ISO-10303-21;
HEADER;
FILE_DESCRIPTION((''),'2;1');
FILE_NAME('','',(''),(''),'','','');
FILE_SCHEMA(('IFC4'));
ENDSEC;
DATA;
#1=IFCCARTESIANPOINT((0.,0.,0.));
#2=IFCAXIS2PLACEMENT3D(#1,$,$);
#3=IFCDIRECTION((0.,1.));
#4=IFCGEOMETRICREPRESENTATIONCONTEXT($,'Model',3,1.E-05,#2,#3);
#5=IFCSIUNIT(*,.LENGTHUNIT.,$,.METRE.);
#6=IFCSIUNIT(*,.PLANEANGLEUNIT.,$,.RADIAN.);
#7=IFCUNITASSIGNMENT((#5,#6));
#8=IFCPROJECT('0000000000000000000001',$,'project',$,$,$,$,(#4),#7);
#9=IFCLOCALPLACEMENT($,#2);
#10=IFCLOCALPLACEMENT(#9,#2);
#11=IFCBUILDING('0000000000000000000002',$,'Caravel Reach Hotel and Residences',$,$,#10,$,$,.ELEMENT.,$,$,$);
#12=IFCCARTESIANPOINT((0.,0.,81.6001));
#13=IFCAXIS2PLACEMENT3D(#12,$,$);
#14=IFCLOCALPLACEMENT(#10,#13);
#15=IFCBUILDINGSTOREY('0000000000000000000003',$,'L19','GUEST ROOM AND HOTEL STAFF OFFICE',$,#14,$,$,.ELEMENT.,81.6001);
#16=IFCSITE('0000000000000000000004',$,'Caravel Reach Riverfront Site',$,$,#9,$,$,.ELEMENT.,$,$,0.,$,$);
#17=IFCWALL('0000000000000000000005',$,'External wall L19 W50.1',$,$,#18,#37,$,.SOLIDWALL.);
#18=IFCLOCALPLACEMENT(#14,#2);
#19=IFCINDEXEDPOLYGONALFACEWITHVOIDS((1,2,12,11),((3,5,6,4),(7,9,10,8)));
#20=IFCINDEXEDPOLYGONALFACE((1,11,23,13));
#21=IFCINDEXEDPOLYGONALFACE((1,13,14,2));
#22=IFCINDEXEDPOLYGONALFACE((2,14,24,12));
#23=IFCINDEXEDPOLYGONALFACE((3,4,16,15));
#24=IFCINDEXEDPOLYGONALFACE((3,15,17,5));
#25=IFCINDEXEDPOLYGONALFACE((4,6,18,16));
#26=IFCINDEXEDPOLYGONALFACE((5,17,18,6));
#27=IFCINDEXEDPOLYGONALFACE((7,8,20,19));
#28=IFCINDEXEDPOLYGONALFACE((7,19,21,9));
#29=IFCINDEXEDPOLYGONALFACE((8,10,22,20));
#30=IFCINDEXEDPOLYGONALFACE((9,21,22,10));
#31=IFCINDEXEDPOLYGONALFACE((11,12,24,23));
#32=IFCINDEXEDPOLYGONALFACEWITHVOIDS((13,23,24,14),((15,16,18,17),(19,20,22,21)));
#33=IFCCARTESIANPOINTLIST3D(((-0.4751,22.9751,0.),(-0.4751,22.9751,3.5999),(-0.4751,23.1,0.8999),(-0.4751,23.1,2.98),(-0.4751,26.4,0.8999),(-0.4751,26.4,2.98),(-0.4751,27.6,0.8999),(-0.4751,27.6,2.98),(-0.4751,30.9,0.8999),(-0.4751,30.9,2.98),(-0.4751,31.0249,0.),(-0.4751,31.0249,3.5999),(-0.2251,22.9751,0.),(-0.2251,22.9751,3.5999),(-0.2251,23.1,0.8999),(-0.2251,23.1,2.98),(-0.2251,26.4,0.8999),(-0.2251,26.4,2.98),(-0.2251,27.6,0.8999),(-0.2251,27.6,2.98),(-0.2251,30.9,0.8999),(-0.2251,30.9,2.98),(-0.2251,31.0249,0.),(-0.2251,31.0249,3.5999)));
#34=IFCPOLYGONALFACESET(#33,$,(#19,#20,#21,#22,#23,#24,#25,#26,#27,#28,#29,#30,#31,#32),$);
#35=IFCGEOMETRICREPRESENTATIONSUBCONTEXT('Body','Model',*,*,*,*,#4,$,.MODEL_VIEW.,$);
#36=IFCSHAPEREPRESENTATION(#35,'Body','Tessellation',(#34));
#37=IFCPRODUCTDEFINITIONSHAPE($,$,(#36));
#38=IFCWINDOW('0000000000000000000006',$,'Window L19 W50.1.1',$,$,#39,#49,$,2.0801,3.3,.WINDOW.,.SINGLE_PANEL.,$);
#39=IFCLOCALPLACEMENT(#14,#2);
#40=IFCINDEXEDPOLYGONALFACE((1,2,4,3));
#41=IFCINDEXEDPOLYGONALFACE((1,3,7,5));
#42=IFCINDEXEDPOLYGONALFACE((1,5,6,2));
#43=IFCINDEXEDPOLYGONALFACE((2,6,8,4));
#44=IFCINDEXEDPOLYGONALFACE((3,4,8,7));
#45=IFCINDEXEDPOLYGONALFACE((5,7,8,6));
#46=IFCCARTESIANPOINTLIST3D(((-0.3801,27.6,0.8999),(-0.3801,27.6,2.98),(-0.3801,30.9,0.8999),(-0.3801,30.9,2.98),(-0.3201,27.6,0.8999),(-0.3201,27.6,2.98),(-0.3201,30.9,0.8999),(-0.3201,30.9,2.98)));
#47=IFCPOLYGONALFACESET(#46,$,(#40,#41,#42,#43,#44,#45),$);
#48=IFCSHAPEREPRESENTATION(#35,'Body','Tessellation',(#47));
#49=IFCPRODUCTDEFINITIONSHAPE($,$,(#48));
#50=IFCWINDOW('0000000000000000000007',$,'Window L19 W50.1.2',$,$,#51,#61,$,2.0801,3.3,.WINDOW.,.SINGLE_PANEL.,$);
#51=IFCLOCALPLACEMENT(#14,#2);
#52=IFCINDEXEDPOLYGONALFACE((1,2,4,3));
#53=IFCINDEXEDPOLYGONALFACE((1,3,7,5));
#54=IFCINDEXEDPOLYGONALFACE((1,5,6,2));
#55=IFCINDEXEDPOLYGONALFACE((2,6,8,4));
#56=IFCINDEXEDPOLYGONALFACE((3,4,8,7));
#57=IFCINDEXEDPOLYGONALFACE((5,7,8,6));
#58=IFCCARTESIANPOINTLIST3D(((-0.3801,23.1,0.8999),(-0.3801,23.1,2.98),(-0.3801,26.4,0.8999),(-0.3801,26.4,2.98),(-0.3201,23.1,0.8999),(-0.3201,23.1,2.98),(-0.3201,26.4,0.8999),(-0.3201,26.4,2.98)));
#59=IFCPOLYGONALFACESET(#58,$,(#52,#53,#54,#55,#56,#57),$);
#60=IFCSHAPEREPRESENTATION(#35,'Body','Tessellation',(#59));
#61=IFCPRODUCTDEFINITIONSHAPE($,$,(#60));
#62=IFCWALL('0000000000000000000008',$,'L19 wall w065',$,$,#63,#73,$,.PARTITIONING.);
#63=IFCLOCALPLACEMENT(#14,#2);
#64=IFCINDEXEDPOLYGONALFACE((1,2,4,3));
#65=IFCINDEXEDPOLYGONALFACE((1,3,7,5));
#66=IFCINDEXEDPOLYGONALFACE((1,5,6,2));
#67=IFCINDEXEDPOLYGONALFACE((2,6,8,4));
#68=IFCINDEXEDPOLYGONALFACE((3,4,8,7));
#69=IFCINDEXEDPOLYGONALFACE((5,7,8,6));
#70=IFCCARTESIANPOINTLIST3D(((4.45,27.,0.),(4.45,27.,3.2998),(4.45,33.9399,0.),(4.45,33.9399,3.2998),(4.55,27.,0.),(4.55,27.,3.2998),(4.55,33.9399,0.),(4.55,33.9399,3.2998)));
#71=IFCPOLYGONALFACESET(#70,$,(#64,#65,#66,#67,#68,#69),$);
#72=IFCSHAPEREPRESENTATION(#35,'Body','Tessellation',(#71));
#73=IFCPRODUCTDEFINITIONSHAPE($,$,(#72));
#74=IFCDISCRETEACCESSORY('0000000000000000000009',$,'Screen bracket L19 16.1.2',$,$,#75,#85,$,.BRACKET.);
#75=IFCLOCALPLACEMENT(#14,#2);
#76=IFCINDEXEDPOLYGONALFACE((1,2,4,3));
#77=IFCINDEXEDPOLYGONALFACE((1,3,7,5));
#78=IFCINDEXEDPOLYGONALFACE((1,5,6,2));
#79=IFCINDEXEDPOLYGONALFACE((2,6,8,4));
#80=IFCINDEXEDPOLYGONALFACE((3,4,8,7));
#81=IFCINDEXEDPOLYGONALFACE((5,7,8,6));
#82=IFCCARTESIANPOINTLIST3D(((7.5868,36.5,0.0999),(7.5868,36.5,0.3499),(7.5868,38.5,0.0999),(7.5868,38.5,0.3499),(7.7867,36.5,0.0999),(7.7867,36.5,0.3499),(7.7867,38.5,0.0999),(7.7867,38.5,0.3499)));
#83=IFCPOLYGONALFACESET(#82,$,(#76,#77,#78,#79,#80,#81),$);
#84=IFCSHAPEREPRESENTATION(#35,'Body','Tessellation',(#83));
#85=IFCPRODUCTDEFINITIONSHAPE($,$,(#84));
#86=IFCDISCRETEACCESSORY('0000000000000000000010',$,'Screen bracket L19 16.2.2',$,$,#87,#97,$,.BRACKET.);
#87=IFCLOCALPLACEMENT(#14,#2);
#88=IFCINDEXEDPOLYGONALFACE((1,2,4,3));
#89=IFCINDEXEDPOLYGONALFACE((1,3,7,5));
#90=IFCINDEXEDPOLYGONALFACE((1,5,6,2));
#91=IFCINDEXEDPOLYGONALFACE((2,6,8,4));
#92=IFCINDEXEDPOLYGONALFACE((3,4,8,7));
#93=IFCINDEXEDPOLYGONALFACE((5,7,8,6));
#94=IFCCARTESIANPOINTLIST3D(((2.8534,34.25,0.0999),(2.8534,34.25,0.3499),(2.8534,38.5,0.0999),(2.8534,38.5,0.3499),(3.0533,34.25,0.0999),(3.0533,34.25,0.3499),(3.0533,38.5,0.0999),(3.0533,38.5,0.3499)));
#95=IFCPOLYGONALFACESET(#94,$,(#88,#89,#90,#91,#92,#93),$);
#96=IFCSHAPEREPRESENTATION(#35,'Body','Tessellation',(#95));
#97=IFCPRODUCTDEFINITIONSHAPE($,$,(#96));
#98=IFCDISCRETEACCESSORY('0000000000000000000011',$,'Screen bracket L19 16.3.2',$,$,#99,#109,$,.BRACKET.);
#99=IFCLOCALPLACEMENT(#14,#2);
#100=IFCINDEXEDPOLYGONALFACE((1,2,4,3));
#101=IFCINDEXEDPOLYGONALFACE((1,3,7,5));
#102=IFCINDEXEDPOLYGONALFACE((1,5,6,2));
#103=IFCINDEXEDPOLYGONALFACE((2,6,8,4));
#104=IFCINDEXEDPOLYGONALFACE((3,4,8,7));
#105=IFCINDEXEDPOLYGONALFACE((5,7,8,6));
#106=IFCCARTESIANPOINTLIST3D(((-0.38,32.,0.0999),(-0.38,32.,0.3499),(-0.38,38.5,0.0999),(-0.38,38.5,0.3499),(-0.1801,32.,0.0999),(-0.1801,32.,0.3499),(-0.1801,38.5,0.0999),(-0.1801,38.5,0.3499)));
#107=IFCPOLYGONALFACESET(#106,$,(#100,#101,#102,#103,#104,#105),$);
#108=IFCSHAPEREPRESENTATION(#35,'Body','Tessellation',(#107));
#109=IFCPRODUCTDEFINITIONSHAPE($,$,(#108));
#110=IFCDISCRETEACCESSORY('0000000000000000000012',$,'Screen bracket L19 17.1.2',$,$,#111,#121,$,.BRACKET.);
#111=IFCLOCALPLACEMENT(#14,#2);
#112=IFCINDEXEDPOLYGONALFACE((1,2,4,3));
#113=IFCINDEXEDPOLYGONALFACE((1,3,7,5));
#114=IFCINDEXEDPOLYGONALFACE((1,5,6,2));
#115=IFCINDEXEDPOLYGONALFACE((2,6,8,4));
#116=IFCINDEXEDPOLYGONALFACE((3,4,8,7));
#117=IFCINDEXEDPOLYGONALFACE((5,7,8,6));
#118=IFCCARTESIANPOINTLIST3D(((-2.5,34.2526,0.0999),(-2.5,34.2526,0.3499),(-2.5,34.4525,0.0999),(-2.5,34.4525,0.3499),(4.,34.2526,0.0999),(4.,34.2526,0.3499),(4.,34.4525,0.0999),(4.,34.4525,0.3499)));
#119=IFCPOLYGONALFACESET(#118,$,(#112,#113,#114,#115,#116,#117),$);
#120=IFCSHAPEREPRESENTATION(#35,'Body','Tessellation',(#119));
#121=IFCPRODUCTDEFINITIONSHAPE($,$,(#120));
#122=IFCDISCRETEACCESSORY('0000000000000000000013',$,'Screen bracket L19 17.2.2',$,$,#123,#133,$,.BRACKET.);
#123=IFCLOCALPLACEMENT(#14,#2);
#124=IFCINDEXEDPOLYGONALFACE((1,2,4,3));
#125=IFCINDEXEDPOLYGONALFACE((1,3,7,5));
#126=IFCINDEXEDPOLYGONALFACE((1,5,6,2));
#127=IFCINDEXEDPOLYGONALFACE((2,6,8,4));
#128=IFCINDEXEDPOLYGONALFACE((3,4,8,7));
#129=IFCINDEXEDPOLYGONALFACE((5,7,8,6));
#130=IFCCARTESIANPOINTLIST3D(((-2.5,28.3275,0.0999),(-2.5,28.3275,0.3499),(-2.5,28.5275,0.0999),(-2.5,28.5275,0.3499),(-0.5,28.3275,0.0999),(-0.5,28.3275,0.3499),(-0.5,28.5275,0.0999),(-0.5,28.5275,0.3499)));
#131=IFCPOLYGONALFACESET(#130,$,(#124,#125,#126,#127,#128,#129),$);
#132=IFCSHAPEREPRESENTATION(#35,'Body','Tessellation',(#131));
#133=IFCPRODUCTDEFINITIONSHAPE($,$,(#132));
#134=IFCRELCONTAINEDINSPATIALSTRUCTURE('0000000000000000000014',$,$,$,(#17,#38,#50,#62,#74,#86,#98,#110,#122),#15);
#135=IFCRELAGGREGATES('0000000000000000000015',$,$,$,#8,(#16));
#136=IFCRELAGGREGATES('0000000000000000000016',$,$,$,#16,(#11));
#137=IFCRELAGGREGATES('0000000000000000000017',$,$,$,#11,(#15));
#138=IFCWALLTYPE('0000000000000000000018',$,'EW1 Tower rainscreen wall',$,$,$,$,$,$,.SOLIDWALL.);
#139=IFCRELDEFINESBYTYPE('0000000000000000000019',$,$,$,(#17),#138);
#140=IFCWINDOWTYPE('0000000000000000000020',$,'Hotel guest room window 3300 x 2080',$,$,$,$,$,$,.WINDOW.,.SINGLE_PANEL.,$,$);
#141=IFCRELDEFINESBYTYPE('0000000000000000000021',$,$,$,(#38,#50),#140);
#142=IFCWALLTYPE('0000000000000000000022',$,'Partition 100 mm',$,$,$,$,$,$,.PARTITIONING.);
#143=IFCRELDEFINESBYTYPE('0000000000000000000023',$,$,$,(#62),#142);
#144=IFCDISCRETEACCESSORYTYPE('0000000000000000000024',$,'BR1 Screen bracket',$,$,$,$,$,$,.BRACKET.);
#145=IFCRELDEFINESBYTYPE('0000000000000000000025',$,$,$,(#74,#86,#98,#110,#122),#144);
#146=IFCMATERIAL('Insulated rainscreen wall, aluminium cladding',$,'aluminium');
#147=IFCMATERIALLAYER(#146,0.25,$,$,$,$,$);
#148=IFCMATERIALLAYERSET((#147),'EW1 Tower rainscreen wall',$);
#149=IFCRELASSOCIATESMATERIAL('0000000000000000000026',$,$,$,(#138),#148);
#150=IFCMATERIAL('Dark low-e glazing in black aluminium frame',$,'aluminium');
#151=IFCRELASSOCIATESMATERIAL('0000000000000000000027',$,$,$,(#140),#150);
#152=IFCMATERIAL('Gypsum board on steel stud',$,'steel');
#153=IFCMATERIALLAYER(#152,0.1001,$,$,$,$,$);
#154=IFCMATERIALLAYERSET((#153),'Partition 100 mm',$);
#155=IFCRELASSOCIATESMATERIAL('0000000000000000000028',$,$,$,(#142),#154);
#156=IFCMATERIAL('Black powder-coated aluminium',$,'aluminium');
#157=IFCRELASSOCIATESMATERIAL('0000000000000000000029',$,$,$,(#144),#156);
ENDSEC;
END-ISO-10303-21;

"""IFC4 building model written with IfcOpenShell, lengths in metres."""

from ifc_helpers import new_model, si_unit, direction, frame, frame_2d, origin, origin_2d, place, context, subcontext, project, spatial, rectangle, extrude, material, layer, layer_set, type_object, element, fill, save


model = new_model("IFC4")

# Units and contexts
model_context = context("Model", 3, precision=1e-05, world=origin(), true_north=direction((0.0, 1.0)))
body_context = subcontext(model_context, "Body", "Model", "MODEL_VIEW")
ifc_project = project(units=[si_unit("LENGTHUNIT", "METRE"), si_unit("PLANEANGLEUNIT", "RADIAN")], contexts=[model_context])

# Site, building, storey
site_placement = place(None, origin())
site = spatial("IfcSite", under=ifc_project, at=site_placement, Name="Caravel Reach Riverfront Site", CompositionType="ELEMENT", RefElevation=0.0)
building_placement = place(site_placement, origin())
building = spatial("IfcBuilding", under=site, at=building_placement, Name="Caravel Reach Hotel and Residences", CompositionType="ELEMENT")
storey_placement = place(building_placement, frame((0.0, 0.0, 81.6001)))
storey = spatial("IfcBuildingStorey", under=building, at=storey_placement, Name="L19", Description="GUEST ROOM AND HOTEL STAFF OFFICE", CompositionType="ELEMENT", Elevation=81.6001)

# Shared definitions
ifc_material_1 = material(Name="Insulated rainscreen wall, aluminium cladding", Category="aluminium")
ifc_layer_1 = layer(ifc_material_1, 0.25)
ifc_layer_set_1 = layer_set([ifc_layer_1], Name="EW1 Tower rainscreen wall")
wall_type_1 = type_object("IfcWallType", Name="EW1 Tower rainscreen wall", PredefinedType="SOLIDWALL", material=ifc_layer_set_1)

# Wall, openings, windows
wall_1_placement = place(storey_placement, frame((-0.3501, 31.0249, 0.0), z_axis=(0.0, 0.0, 1.0), x_axis=(0.0, -1.0, 0.0)))
wall_1 = element("IfcWall", 1, at=wall_1_placement, inside=storey, type_object=wall_type_1, Name="External wall L19 W50.1", PredefinedType="SOLIDWALL", context=body_context, shape_type="SweptSolid", body=[
    extrude(rectangle(XDim=8.0498, YDim=0.25, at=frame_2d((4.0249, 0.0))), origin(), (0.0, 0.0, 1.0), 3.5999),
])
opening_1_placement = place(wall_1_placement, frame((0.125, 0.0, 0.8999)))
opening_1 = element("IfcOpeningElement", 2, at=opening_1_placement, cuts=wall_1, PredefinedType="OPENING", context=body_context, shape_type="SweptSolid", body=[
    extrude(rectangle(XDim=3.3, YDim=2.0801, at=frame_2d((1.6499, 1.04))), frame((0.0, 0.135, 0.0), z_axis=(0.0, -1.0, 0.0), x_axis=(1.0, 0.0, 0.0)), (0.0, 0.0, 1.0), 0.27),
])
opening_2_placement = place(wall_1_placement, frame((4.625, 0.0, 0.8999)))
opening_2 = element("IfcOpeningElement", 3, at=opening_2_placement, cuts=wall_1, PredefinedType="OPENING", context=body_context, shape_type="SweptSolid", body=[
    extrude(rectangle(XDim=3.3, YDim=2.0801, at=frame_2d((1.6499, 1.04))), frame((0.0, 0.135, 0.0), z_axis=(0.0, -1.0, 0.0), x_axis=(1.0, 0.0, 0.0)), (0.0, 0.0, 1.0), 0.27),
])
ifc_material_2 = material(Name="Dark low-e glazing in black aluminium frame", Category="aluminium")
window_type_1 = type_object("IfcWindowType", Name="Hotel guest room window 3300 x 2080", PartitioningType="SINGLE_PANEL", PredefinedType="WINDOW", material=ifc_material_2)
window_1_placement = place(opening_1_placement, origin())
window_1 = element("IfcWindow", 4, at=window_1_placement, inside=storey, type_object=window_type_1, Name="Window L19 W50.1.1", OverallHeight=2.0801, OverallWidth=3.3, PartitioningType="SINGLE_PANEL", PredefinedType="WINDOW", context=body_context, shape_type="SweptSolid", body=[
    extrude(rectangle(XDim=3.3, YDim=2.0801, at=frame_2d((1.6499, 1.04))), frame((0.0, 0.03, 0.0), z_axis=(0.0, -1.0, 0.0), x_axis=(1.0, 0.0, 0.0)), (0.0, 0.0, 1.0), 0.0601),
])
fill(opening_1, window_1)
window_2_placement = place(opening_2_placement, origin())
window_2 = element("IfcWindow", 5, at=window_2_placement, inside=storey, type_object=window_type_1, Name="Window L19 W50.1.2", OverallHeight=2.0801, OverallWidth=3.3, PartitioningType="SINGLE_PANEL", PredefinedType="WINDOW", context=body_context, shape_type="SweptSolid", body=[
    extrude(rectangle(XDim=3.3, YDim=2.0801, at=frame_2d((1.6499, 1.04))), frame((0.0, 0.03, 0.0), z_axis=(0.0, -1.0, 0.0), x_axis=(1.0, 0.0, 0.0)), (0.0, 0.0, 1.0), 0.0601),
])
fill(opening_2, window_2)

# Wall
ifc_material_3 = material(Name="Gypsum board on steel stud", Category="steel")
ifc_layer_2 = layer(ifc_material_3, 0.1001)
ifc_layer_set_2 = layer_set([ifc_layer_2], Name="Partition 100 mm")
wall_type_2 = type_object("IfcWallType", Name="Partition 100 mm", PredefinedType="PARTITIONING", material=ifc_layer_set_2)
wall_2_placement = place(storey_placement, frame((4.5, 27.0, 0.0), z_axis=(0.0, 0.0, 1.0), x_axis=(0.0, 1.0, 0.0)))
element("IfcWall", 6, at=wall_2_placement, inside=storey, type_object=wall_type_2, Name="L19 wall w065", PredefinedType="PARTITIONING", context=body_context, shape_type="SweptSolid", body=[
    extrude(rectangle(XDim=6.9399, YDim=0.1001, at=frame_2d((3.47, 0.0))), origin(), (0.0, 0.0, 1.0), 3.2998),
])

# Discrete accessories
ifc_material_4 = material(Name="Black powder-coated aluminium", Category="aluminium")
discrete_accessory_type = type_object("IfcDiscreteAccessoryType", Name="BR1 Screen bracket", PredefinedType="BRACKET", material=ifc_material_4)
discrete_accessory_1_placement = place(storey_placement, frame((7.6868, 37.5, 0.0999), z_axis=(0.0, 0.0, 1.0), x_axis=(0.0, 1.0, 0.0)))
element("IfcDiscreteAccessory", 7, at=discrete_accessory_1_placement, inside=storey, type_object=discrete_accessory_type, Name="Screen bracket L19 16.1.2", PredefinedType="BRACKET", context=body_context, shape_type="SweptSolid", body=[
    extrude(rectangle(XDim=2.0, YDim=0.2, at=origin_2d()), origin(), (0.0, 0.0, 1.0), 0.25),
])
discrete_accessory_2_placement = place(storey_placement, frame((2.9534, 36.375, 0.0999), z_axis=(0.0, 0.0, 1.0), x_axis=(0.0, 1.0, 0.0)))
element("IfcDiscreteAccessory", 8, at=discrete_accessory_2_placement, inside=storey, type_object=discrete_accessory_type, Name="Screen bracket L19 16.2.2", PredefinedType="BRACKET", context=body_context, shape_type="SweptSolid", body=[
    extrude(rectangle(XDim=4.25, YDim=0.2, at=origin_2d()), origin(), (0.0, 0.0, 1.0), 0.25),
])
for number, where, z_axis, x_axis, name in (
    (9, (-0.28, 35.25, 0.0999), (0.0, 0.0, 1.0), (0.0, 1.0, 0.0), "Screen bracket L19 16.3.2"),
    (10, (0.75, 34.3525, 0.0999), (0.0, 0.0, 1.0), (-1.0, 0.0, 0.0), "Screen bracket L19 17.1.2"),
):
    element("IfcDiscreteAccessory", number, at=place(storey_placement, frame(where, z_axis=z_axis, x_axis=x_axis)), inside=storey, type_object=discrete_accessory_type, Name=name, PredefinedType="BRACKET", context=body_context, shape_type="SweptSolid", body=[
        extrude(rectangle(XDim=6.5, YDim=0.2, at=origin_2d()), origin(), (0.0, 0.0, 1.0), 0.25),
    ])
discrete_accessory_3_placement = place(storey_placement, frame((-1.5, 28.4275, 0.0999), z_axis=(0.0, 0.0, 1.0), x_axis=(-1.0, 0.0, 0.0)))
element("IfcDiscreteAccessory", 11, at=discrete_accessory_3_placement, inside=storey, type_object=discrete_accessory_type, Name="Screen bracket L19 17.2.2", PredefinedType="BRACKET", context=body_context, shape_type="SweptSolid", body=[
    extrude(rectangle(XDim=2.0, YDim=0.2, at=origin_2d()), origin(), (0.0, 0.0, 1.0), 0.25),
])

save(model, "model.ifc")
